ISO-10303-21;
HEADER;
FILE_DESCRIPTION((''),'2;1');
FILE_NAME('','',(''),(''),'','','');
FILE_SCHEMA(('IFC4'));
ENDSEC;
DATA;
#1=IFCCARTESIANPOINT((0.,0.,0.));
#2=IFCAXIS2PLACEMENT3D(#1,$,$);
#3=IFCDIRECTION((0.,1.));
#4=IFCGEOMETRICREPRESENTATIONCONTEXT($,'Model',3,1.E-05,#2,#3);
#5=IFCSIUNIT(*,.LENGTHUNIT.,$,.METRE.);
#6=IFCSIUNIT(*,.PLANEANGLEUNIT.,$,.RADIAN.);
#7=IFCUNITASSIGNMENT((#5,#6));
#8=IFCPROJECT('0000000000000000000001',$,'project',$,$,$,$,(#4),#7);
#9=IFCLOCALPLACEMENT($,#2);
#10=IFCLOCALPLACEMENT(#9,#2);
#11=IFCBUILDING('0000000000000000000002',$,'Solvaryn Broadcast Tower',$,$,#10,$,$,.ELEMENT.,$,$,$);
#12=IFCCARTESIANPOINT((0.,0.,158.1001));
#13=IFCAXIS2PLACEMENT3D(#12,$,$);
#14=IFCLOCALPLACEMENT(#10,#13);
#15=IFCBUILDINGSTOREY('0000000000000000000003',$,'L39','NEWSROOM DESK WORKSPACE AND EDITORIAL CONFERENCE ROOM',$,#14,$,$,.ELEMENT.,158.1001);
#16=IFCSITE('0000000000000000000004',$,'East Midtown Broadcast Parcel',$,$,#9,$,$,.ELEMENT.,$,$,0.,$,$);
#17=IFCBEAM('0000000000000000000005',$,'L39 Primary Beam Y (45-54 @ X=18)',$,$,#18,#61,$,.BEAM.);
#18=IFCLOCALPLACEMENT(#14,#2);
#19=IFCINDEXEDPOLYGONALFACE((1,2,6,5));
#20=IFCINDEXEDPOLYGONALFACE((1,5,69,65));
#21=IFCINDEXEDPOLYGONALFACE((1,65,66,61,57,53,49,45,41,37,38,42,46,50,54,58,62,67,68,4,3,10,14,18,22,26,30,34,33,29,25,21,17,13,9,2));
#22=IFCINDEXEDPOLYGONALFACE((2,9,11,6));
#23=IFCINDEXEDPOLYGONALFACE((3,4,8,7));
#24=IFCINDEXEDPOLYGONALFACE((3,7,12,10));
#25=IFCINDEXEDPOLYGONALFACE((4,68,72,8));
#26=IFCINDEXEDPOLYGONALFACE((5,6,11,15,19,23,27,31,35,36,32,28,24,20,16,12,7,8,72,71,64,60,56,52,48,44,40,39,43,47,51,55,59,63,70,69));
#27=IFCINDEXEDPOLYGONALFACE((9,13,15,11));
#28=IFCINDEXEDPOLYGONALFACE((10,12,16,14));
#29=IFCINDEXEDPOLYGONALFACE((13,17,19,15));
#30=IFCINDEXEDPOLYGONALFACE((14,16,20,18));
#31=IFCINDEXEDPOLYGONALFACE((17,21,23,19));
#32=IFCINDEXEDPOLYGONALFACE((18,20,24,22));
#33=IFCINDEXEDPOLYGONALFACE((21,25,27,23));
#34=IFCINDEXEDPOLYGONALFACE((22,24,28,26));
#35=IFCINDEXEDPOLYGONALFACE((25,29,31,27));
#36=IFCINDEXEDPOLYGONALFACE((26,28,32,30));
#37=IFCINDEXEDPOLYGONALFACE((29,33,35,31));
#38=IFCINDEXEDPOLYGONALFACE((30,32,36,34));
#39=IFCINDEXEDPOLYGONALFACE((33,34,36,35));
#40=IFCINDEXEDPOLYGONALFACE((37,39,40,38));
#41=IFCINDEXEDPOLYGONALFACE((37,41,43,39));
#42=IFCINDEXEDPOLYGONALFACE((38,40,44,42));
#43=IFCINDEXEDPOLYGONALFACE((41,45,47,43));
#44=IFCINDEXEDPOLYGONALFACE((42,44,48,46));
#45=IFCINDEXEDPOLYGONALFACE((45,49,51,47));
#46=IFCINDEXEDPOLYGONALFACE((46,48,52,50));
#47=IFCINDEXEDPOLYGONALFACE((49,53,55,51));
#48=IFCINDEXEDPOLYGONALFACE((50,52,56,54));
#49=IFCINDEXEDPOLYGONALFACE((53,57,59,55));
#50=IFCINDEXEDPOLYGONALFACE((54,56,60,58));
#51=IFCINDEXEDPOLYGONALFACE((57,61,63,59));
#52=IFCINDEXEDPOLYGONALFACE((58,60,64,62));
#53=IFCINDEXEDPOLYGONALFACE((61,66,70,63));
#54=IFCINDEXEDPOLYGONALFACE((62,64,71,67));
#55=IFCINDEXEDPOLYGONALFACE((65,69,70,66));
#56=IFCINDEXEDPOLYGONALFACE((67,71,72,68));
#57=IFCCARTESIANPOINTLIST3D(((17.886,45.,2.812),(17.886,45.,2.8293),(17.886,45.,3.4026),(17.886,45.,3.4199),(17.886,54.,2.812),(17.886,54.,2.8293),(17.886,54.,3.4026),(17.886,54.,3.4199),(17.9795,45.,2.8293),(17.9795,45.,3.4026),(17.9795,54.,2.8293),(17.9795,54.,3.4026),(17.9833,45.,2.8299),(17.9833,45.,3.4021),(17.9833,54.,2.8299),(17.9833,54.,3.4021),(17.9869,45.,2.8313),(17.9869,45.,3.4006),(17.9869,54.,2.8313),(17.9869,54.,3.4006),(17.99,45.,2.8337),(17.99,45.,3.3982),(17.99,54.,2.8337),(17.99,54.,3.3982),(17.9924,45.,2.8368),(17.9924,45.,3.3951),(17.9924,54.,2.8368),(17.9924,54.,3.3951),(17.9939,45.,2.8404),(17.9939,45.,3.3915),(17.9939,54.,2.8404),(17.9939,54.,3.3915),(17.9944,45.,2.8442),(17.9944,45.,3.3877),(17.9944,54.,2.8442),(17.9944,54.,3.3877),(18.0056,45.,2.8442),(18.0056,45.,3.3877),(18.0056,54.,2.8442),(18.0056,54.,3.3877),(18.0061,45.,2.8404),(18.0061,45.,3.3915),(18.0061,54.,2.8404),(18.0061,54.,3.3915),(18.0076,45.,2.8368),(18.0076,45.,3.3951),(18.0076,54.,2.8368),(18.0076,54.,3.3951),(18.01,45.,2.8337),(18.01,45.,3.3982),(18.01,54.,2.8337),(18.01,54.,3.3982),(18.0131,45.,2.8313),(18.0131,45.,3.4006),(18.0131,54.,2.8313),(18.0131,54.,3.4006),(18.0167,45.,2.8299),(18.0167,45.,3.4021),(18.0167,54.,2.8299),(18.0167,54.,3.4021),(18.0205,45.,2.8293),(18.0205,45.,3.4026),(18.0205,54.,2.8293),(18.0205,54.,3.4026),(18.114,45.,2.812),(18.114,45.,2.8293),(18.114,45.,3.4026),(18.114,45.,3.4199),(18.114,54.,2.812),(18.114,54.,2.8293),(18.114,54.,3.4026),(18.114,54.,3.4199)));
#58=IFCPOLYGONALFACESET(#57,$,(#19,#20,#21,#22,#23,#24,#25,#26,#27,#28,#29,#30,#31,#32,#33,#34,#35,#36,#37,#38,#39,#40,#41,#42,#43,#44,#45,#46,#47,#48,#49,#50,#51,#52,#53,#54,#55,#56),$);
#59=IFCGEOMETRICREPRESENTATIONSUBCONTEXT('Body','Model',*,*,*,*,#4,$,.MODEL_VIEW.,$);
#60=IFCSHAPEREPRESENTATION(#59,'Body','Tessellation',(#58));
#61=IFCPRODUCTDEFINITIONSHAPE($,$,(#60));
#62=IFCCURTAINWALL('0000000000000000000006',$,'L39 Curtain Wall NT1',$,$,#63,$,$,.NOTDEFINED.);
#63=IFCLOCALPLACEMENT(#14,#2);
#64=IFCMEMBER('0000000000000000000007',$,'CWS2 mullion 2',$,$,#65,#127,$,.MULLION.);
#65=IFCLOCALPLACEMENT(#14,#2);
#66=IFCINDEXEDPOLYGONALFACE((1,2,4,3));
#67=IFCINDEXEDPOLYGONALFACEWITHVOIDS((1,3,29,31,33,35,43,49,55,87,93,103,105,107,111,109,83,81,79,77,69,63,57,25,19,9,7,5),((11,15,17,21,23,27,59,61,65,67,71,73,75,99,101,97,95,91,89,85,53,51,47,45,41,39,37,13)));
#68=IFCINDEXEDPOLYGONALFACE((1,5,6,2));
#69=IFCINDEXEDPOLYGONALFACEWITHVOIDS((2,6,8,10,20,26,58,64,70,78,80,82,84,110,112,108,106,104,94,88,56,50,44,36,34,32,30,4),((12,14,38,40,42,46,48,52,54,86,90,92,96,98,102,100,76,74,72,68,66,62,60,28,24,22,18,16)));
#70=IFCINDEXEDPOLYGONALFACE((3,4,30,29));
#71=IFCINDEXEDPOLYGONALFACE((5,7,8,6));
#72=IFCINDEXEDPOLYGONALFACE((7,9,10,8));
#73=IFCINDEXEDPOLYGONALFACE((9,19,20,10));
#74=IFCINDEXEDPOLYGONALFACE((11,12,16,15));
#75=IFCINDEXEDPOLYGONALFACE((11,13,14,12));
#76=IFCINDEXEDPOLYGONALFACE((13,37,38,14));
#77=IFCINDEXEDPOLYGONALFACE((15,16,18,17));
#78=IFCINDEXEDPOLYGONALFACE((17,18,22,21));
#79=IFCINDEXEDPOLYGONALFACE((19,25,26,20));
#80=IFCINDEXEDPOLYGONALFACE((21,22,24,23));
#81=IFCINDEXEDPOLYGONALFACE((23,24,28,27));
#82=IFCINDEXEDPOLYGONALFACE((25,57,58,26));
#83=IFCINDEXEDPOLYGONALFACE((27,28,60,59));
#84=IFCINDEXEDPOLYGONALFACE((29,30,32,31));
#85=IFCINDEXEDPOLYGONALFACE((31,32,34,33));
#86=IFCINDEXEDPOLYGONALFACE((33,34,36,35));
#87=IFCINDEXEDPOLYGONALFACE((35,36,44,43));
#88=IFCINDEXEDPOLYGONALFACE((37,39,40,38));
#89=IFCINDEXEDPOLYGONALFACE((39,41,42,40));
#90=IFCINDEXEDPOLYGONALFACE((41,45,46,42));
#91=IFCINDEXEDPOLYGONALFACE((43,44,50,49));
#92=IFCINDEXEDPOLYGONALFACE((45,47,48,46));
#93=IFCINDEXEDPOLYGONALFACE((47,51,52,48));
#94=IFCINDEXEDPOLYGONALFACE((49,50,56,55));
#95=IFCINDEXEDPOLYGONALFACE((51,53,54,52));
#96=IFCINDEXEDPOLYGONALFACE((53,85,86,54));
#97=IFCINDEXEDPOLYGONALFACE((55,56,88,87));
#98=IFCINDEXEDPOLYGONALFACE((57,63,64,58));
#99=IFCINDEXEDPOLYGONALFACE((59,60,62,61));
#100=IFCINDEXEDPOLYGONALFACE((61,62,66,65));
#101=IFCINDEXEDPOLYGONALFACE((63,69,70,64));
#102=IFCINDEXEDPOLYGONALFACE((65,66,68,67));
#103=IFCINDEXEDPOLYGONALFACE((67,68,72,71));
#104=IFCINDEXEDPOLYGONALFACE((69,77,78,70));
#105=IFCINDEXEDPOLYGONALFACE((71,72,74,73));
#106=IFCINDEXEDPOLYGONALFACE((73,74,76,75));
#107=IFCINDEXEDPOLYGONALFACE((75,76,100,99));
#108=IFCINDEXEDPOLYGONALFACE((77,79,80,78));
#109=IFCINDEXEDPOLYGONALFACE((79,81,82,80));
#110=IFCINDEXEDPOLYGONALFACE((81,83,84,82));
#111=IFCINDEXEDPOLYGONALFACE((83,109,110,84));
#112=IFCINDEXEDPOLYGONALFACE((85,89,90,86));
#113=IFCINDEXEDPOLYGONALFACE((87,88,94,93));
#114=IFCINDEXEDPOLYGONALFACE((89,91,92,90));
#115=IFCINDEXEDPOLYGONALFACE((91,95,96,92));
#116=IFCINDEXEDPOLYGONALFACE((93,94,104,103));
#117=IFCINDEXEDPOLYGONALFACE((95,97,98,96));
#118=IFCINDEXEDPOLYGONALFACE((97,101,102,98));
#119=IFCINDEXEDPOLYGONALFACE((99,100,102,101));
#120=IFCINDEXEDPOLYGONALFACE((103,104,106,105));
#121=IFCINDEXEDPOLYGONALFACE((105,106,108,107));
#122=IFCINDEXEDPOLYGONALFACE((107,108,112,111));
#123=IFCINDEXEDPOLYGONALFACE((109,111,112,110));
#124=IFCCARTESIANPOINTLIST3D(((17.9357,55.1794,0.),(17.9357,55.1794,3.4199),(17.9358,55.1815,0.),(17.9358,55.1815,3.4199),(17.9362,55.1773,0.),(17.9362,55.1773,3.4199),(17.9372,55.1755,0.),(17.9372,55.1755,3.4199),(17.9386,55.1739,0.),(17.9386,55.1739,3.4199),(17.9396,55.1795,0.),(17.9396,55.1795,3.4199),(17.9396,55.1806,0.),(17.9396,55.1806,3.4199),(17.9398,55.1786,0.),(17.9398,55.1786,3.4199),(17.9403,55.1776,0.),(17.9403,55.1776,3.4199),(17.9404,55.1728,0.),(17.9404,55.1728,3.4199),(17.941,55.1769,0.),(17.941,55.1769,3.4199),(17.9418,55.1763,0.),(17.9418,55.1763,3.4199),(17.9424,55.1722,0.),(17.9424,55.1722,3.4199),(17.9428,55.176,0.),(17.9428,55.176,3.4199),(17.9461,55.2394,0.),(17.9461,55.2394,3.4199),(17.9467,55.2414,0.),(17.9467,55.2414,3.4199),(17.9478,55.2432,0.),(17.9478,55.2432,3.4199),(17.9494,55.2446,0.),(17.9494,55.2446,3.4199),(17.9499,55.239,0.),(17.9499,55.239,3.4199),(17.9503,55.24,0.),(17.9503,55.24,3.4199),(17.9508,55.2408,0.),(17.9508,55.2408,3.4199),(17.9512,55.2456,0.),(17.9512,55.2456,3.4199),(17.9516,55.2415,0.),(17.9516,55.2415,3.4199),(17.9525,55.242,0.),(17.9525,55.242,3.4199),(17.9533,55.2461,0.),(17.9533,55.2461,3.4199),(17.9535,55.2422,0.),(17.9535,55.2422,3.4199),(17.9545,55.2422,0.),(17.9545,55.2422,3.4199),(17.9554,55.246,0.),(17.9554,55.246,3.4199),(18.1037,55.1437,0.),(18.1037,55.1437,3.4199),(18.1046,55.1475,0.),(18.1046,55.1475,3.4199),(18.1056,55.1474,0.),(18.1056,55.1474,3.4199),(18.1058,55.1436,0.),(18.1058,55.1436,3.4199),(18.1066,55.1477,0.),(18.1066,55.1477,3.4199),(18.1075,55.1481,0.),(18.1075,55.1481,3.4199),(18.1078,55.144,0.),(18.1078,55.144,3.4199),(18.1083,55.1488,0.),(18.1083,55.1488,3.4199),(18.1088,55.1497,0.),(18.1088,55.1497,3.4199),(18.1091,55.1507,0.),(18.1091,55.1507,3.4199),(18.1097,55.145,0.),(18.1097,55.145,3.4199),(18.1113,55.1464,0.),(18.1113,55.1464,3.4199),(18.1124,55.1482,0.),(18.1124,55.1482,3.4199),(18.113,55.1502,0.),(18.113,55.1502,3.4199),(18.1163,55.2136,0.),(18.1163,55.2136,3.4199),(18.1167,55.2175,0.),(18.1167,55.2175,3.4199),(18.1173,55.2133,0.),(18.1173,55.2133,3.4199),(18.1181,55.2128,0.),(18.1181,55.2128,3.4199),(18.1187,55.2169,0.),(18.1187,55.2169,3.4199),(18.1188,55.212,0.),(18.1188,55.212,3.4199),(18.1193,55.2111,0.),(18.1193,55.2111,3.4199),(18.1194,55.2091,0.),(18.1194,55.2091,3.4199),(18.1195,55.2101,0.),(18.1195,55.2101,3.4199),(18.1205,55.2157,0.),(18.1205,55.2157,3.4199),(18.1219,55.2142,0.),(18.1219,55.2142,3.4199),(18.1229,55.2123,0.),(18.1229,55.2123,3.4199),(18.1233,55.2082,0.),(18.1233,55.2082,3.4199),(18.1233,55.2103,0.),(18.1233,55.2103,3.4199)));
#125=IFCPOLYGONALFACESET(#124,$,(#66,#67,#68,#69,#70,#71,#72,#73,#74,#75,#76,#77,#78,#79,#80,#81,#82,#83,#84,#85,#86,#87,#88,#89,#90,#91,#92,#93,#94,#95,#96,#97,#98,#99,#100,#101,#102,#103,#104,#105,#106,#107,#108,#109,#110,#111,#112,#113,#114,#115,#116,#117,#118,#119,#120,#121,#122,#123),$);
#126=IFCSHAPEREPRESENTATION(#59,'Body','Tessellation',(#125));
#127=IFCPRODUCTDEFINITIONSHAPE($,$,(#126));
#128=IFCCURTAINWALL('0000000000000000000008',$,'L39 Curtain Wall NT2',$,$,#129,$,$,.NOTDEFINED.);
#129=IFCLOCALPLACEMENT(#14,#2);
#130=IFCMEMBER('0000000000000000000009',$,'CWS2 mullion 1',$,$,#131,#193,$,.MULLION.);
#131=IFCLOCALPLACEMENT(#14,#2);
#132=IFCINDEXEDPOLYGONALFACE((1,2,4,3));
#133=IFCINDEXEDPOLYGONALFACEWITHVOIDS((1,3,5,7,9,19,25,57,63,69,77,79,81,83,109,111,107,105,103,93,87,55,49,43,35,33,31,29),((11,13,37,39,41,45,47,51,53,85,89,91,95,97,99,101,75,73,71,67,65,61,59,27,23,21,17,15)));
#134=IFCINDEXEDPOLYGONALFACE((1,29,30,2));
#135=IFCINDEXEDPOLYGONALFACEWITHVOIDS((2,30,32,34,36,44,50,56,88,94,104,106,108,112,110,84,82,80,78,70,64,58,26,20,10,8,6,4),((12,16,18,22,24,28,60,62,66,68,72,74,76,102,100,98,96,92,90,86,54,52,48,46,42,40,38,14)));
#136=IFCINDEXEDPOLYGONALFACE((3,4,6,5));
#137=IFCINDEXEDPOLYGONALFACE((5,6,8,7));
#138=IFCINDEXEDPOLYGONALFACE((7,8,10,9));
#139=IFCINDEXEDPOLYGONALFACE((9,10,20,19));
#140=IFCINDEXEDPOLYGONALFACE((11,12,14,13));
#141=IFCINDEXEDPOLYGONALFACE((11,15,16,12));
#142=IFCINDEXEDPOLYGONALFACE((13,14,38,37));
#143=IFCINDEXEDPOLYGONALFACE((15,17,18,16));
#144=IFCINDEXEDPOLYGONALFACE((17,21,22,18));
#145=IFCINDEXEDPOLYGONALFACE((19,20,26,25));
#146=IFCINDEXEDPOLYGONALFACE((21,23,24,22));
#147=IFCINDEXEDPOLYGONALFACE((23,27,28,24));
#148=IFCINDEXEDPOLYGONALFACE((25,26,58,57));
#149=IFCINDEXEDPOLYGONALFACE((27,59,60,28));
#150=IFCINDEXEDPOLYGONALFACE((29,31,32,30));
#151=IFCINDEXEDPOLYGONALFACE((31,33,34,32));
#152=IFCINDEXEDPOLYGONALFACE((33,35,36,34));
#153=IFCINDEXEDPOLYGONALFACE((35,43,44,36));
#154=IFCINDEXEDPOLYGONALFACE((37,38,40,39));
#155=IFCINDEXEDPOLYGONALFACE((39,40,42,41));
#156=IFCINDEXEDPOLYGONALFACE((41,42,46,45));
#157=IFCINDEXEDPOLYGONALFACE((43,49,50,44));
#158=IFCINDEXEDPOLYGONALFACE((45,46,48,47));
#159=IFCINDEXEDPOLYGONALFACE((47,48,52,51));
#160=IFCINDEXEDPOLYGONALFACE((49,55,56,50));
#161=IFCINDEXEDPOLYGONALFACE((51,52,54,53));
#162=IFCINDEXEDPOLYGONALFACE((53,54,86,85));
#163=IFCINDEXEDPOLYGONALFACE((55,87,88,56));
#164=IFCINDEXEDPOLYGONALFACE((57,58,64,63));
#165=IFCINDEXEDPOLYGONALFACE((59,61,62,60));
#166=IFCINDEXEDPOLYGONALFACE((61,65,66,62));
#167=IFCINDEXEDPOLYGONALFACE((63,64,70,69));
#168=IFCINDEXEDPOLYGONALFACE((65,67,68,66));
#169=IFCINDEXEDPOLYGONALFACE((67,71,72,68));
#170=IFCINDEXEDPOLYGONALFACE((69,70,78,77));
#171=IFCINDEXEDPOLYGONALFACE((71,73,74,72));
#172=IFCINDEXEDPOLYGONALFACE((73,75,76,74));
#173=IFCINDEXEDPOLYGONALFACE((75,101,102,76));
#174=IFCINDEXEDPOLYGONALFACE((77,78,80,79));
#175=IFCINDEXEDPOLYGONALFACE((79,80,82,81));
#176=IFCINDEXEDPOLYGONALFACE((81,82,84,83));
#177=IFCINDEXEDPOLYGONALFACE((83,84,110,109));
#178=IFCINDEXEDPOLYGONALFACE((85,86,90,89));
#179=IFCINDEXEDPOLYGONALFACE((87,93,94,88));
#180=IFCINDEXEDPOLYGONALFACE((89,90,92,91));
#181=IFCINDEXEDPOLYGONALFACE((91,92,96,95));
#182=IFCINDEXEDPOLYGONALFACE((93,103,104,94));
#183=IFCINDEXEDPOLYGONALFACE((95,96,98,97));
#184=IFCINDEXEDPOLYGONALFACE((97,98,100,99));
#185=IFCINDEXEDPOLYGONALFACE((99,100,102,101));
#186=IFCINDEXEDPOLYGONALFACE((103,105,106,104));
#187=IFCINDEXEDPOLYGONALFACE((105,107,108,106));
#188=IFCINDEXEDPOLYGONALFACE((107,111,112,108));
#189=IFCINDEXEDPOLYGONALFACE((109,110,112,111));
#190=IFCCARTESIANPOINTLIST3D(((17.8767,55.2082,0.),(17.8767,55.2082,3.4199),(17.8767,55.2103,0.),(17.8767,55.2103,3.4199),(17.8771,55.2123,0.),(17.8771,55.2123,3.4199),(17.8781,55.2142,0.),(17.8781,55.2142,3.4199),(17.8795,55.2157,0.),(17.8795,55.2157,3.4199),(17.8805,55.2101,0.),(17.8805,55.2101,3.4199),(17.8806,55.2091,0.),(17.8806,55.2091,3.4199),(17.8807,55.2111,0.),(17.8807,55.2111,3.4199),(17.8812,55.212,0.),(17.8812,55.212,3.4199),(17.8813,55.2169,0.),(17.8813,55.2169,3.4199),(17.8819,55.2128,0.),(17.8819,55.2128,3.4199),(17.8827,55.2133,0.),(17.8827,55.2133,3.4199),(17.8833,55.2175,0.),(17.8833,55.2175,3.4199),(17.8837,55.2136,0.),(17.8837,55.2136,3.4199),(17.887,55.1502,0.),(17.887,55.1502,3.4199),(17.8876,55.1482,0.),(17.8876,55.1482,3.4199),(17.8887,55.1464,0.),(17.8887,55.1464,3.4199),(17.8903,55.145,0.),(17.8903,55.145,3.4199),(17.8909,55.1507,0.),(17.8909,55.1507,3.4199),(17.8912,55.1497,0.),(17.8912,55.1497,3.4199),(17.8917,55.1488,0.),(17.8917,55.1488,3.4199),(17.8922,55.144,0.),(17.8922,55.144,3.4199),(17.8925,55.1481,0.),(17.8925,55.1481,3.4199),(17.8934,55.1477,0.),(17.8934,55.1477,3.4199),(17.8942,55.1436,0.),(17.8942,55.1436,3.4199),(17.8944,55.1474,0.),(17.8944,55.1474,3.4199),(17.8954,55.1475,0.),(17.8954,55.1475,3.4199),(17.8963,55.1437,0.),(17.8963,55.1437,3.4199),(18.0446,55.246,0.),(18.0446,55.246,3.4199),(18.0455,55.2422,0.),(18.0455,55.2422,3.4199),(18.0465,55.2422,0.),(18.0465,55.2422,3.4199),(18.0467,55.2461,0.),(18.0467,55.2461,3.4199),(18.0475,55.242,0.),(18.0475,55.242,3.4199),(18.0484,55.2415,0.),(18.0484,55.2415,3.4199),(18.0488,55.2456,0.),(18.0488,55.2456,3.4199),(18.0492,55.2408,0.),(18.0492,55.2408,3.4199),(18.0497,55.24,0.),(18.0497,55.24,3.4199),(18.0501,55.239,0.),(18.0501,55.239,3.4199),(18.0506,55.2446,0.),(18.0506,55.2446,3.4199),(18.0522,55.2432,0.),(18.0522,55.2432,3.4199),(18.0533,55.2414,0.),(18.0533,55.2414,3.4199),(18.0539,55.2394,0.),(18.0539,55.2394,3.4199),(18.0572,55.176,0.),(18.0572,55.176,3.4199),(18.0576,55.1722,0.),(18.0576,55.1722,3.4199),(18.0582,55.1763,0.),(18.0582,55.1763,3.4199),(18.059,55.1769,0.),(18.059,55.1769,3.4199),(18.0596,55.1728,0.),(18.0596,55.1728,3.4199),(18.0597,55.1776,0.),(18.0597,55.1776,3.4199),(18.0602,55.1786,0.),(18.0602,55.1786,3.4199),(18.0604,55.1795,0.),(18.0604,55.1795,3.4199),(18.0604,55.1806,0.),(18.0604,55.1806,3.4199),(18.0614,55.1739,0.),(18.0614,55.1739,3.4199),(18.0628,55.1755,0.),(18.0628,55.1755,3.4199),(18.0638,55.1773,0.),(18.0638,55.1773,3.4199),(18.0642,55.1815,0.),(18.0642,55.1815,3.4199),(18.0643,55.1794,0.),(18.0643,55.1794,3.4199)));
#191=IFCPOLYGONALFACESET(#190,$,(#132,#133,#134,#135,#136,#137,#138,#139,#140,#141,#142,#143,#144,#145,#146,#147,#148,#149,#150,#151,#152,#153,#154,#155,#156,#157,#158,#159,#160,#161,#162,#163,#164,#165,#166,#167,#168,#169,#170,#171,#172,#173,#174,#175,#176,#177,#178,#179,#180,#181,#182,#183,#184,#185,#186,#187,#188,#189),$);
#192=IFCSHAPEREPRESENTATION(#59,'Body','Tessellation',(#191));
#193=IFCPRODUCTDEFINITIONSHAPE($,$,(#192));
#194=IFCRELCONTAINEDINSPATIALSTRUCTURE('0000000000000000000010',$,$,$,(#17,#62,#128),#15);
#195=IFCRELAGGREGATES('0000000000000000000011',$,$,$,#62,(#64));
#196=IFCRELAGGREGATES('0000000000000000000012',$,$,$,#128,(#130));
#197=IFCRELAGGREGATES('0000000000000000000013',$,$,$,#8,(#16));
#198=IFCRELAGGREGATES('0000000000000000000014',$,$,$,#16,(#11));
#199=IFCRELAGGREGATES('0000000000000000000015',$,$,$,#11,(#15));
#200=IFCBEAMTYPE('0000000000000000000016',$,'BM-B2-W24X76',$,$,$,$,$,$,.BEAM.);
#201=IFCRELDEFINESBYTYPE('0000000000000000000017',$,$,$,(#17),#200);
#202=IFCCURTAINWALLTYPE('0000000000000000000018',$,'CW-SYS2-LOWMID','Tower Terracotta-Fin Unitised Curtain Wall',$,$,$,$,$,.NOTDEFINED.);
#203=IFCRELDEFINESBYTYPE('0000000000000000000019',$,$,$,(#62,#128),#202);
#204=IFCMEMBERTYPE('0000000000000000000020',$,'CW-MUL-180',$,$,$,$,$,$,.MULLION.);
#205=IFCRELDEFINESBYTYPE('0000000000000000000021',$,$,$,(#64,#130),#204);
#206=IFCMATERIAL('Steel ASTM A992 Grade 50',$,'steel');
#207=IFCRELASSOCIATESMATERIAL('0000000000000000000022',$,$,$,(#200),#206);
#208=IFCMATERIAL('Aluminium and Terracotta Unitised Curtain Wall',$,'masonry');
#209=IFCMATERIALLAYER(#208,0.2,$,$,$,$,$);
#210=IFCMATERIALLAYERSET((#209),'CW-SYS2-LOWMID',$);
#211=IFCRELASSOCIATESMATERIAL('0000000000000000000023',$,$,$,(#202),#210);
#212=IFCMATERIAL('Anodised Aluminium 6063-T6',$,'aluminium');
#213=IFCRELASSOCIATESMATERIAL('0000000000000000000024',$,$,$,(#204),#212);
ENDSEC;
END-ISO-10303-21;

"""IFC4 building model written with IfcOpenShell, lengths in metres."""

from ifc_helpers import new_model, si_unit, direction, frame, origin, origin_2d, place, context, subcontext, project, spatial, hollow_rectangle, i_section, extrude, material, layer, layer_set, material_profile, profile_set, type_object, element, aggregate, save


model = new_model("IFC4")

# Units and contexts
model_context = context("Model", 3, precision=1e-05, world=origin(), true_north=direction((0.0, 1.0)))
body_context = subcontext(model_context, "Body", "Model", "MODEL_VIEW")
ifc_project = project(units=[si_unit("LENGTHUNIT", "METRE"), si_unit("PLANEANGLEUNIT", "RADIAN")], contexts=[model_context])

# Site, building, storey
site_placement = place(None, origin())
site = spatial("IfcSite", under=ifc_project, at=site_placement, Name="East Midtown Broadcast Parcel", CompositionType="ELEMENT", RefElevation=0.0)
building_placement = place(site_placement, origin())
building = spatial("IfcBuilding", under=site, at=building_placement, Name="Solvaryn Broadcast Tower", CompositionType="ELEMENT")
storey_placement = place(building_placement, frame((0.0, 0.0, 158.1001)))
storey = spatial("IfcBuildingStorey", under=building, at=storey_placement, Name="L39", Description="NEWSROOM DESK WORKSPACE AND EDITORIAL CONFERENCE ROOM", CompositionType="ELEMENT", Elevation=158.1001)

# Beam
ifc_material_1 = material(Name="Steel ASTM A992 Grade 50", Category="steel")
ifc_material_profile_1 = material_profile(ifc_material_1, i_section(OverallWidth=0.228, OverallDepth=0.6079, WebThickness=0.0112, FlangeThickness=0.0173, FilletRadius=0.0149, at=origin_2d()))
ifc_profile_set_1 = profile_set([ifc_material_profile_1], Name="Steel ASTM A992 Grade 50")
beam_type_1 = type_object("IfcBeamType", Name="BM-B2-W24X76", PredefinedType="BEAM", material=ifc_profile_set_1)
beam_1_placement = place(storey_placement, frame((18.0, 45.0, 3.116), z_axis=(0.0, 1.0, 0.0), x_axis=(-1.0, 0.0, 0.0)))
element("IfcBeam", 1, at=beam_1_placement, inside=storey, type_object=beam_type_1, Name="L39 Primary Beam Y (45-54 @ X=18)", PredefinedType="BEAM", context=body_context, shape_type="SweptSolid", body=[
    extrude(i_section(OverallWidth=0.228, OverallDepth=0.6079, WebThickness=0.0112, FlangeThickness=0.0173, FilletRadius=0.0149, at=origin_2d()), origin(), (0.0, 0.0, 1.0), 9.0),
])

# Curtain wall, member
ifc_material_2 = material(Name="Aluminium and Terracotta Unitised Curtain Wall", Category="masonry")
ifc_layer_1 = layer(ifc_material_2, 0.2)
ifc_layer_set_1 = layer_set([ifc_layer_1], Name="CW-SYS2-LOWMID")
curtain_wall_type = type_object("IfcCurtainWallType", Name="CW-SYS2-LOWMID", Description="Tower Terracotta-Fin Unitised Curtain Wall", PredefinedType="NOTDEFINED", material=ifc_layer_set_1)
curtain_wall_1_placement = place(storey_placement, origin())
curtain_wall_1 = element("IfcCurtainWall", 2, at=curtain_wall_1_placement, inside=storey, type_object=curtain_wall_type, Name="L39 Curtain Wall NT1", PredefinedType="NOTDEFINED")
ifc_material_3 = material(Name="Anodised Aluminium 6063-T6", Category="aluminium")
ifc_material_profile_2 = material_profile(ifc_material_3, hollow_rectangle(XDim=0.075, YDim=0.1799, WallThickness=0.0039, InnerFilletRadius=0.0039, OuterFilletRadius=0.0081, at=origin_2d()))
ifc_profile_set_2 = profile_set([ifc_material_profile_2], Name="Anodised Aluminium 6063-T6")
member_type_1 = type_object("IfcMemberType", Name="CW-MUL-180", PredefinedType="MULLION", material=ifc_profile_set_2)
member_1_placement = place(storey_placement, frame((18.0295, 55.1948, 0.0), z_axis=(0.0, 0.0, 1.0), x_axis=(-0.173785, -0.984784, 0.0)))
member_1 = element("IfcMember", 3, at=member_1_placement, type_object=member_type_1, Name="CWS2 mullion 2", PredefinedType="MULLION", context=body_context, shape_type="SweptSolid", body=[
    extrude(hollow_rectangle(XDim=0.075, YDim=0.1799, WallThickness=0.0039, InnerFilletRadius=0.0039, OuterFilletRadius=0.0081, at=origin_2d()), origin(), (0.0, 0.0, 1.0), 3.4199),
])

# Curtain wall, member
curtain_wall_2_placement = place(storey_placement, origin())
curtain_wall_2 = element("IfcCurtainWall", 4, at=curtain_wall_2_placement, inside=storey, type_object=curtain_wall_type, Name="L39 Curtain Wall NT2", PredefinedType="NOTDEFINED")
member_2_placement = place(storey_placement, frame((17.9705, 55.1948, 0.0), z_axis=(0.0, 0.0, 1.0), x_axis=(0.173785, -0.984784, 0.0)))
member_2 = element("IfcMember", 5, at=member_2_placement, type_object=member_type_1, Name="CWS2 mullion 1", PredefinedType="MULLION", context=body_context, shape_type="SweptSolid", body=[
    extrude(hollow_rectangle(XDim=0.075, YDim=0.1799, WallThickness=0.0039, InnerFilletRadius=0.0039, OuterFilletRadius=0.0081, at=origin_2d()), origin(), (0.0, 0.0, 1.0), 3.4199),
])

aggregate(curtain_wall_1, [member_1])
aggregate(curtain_wall_2, [member_2])

save(model, "model.ifc")
